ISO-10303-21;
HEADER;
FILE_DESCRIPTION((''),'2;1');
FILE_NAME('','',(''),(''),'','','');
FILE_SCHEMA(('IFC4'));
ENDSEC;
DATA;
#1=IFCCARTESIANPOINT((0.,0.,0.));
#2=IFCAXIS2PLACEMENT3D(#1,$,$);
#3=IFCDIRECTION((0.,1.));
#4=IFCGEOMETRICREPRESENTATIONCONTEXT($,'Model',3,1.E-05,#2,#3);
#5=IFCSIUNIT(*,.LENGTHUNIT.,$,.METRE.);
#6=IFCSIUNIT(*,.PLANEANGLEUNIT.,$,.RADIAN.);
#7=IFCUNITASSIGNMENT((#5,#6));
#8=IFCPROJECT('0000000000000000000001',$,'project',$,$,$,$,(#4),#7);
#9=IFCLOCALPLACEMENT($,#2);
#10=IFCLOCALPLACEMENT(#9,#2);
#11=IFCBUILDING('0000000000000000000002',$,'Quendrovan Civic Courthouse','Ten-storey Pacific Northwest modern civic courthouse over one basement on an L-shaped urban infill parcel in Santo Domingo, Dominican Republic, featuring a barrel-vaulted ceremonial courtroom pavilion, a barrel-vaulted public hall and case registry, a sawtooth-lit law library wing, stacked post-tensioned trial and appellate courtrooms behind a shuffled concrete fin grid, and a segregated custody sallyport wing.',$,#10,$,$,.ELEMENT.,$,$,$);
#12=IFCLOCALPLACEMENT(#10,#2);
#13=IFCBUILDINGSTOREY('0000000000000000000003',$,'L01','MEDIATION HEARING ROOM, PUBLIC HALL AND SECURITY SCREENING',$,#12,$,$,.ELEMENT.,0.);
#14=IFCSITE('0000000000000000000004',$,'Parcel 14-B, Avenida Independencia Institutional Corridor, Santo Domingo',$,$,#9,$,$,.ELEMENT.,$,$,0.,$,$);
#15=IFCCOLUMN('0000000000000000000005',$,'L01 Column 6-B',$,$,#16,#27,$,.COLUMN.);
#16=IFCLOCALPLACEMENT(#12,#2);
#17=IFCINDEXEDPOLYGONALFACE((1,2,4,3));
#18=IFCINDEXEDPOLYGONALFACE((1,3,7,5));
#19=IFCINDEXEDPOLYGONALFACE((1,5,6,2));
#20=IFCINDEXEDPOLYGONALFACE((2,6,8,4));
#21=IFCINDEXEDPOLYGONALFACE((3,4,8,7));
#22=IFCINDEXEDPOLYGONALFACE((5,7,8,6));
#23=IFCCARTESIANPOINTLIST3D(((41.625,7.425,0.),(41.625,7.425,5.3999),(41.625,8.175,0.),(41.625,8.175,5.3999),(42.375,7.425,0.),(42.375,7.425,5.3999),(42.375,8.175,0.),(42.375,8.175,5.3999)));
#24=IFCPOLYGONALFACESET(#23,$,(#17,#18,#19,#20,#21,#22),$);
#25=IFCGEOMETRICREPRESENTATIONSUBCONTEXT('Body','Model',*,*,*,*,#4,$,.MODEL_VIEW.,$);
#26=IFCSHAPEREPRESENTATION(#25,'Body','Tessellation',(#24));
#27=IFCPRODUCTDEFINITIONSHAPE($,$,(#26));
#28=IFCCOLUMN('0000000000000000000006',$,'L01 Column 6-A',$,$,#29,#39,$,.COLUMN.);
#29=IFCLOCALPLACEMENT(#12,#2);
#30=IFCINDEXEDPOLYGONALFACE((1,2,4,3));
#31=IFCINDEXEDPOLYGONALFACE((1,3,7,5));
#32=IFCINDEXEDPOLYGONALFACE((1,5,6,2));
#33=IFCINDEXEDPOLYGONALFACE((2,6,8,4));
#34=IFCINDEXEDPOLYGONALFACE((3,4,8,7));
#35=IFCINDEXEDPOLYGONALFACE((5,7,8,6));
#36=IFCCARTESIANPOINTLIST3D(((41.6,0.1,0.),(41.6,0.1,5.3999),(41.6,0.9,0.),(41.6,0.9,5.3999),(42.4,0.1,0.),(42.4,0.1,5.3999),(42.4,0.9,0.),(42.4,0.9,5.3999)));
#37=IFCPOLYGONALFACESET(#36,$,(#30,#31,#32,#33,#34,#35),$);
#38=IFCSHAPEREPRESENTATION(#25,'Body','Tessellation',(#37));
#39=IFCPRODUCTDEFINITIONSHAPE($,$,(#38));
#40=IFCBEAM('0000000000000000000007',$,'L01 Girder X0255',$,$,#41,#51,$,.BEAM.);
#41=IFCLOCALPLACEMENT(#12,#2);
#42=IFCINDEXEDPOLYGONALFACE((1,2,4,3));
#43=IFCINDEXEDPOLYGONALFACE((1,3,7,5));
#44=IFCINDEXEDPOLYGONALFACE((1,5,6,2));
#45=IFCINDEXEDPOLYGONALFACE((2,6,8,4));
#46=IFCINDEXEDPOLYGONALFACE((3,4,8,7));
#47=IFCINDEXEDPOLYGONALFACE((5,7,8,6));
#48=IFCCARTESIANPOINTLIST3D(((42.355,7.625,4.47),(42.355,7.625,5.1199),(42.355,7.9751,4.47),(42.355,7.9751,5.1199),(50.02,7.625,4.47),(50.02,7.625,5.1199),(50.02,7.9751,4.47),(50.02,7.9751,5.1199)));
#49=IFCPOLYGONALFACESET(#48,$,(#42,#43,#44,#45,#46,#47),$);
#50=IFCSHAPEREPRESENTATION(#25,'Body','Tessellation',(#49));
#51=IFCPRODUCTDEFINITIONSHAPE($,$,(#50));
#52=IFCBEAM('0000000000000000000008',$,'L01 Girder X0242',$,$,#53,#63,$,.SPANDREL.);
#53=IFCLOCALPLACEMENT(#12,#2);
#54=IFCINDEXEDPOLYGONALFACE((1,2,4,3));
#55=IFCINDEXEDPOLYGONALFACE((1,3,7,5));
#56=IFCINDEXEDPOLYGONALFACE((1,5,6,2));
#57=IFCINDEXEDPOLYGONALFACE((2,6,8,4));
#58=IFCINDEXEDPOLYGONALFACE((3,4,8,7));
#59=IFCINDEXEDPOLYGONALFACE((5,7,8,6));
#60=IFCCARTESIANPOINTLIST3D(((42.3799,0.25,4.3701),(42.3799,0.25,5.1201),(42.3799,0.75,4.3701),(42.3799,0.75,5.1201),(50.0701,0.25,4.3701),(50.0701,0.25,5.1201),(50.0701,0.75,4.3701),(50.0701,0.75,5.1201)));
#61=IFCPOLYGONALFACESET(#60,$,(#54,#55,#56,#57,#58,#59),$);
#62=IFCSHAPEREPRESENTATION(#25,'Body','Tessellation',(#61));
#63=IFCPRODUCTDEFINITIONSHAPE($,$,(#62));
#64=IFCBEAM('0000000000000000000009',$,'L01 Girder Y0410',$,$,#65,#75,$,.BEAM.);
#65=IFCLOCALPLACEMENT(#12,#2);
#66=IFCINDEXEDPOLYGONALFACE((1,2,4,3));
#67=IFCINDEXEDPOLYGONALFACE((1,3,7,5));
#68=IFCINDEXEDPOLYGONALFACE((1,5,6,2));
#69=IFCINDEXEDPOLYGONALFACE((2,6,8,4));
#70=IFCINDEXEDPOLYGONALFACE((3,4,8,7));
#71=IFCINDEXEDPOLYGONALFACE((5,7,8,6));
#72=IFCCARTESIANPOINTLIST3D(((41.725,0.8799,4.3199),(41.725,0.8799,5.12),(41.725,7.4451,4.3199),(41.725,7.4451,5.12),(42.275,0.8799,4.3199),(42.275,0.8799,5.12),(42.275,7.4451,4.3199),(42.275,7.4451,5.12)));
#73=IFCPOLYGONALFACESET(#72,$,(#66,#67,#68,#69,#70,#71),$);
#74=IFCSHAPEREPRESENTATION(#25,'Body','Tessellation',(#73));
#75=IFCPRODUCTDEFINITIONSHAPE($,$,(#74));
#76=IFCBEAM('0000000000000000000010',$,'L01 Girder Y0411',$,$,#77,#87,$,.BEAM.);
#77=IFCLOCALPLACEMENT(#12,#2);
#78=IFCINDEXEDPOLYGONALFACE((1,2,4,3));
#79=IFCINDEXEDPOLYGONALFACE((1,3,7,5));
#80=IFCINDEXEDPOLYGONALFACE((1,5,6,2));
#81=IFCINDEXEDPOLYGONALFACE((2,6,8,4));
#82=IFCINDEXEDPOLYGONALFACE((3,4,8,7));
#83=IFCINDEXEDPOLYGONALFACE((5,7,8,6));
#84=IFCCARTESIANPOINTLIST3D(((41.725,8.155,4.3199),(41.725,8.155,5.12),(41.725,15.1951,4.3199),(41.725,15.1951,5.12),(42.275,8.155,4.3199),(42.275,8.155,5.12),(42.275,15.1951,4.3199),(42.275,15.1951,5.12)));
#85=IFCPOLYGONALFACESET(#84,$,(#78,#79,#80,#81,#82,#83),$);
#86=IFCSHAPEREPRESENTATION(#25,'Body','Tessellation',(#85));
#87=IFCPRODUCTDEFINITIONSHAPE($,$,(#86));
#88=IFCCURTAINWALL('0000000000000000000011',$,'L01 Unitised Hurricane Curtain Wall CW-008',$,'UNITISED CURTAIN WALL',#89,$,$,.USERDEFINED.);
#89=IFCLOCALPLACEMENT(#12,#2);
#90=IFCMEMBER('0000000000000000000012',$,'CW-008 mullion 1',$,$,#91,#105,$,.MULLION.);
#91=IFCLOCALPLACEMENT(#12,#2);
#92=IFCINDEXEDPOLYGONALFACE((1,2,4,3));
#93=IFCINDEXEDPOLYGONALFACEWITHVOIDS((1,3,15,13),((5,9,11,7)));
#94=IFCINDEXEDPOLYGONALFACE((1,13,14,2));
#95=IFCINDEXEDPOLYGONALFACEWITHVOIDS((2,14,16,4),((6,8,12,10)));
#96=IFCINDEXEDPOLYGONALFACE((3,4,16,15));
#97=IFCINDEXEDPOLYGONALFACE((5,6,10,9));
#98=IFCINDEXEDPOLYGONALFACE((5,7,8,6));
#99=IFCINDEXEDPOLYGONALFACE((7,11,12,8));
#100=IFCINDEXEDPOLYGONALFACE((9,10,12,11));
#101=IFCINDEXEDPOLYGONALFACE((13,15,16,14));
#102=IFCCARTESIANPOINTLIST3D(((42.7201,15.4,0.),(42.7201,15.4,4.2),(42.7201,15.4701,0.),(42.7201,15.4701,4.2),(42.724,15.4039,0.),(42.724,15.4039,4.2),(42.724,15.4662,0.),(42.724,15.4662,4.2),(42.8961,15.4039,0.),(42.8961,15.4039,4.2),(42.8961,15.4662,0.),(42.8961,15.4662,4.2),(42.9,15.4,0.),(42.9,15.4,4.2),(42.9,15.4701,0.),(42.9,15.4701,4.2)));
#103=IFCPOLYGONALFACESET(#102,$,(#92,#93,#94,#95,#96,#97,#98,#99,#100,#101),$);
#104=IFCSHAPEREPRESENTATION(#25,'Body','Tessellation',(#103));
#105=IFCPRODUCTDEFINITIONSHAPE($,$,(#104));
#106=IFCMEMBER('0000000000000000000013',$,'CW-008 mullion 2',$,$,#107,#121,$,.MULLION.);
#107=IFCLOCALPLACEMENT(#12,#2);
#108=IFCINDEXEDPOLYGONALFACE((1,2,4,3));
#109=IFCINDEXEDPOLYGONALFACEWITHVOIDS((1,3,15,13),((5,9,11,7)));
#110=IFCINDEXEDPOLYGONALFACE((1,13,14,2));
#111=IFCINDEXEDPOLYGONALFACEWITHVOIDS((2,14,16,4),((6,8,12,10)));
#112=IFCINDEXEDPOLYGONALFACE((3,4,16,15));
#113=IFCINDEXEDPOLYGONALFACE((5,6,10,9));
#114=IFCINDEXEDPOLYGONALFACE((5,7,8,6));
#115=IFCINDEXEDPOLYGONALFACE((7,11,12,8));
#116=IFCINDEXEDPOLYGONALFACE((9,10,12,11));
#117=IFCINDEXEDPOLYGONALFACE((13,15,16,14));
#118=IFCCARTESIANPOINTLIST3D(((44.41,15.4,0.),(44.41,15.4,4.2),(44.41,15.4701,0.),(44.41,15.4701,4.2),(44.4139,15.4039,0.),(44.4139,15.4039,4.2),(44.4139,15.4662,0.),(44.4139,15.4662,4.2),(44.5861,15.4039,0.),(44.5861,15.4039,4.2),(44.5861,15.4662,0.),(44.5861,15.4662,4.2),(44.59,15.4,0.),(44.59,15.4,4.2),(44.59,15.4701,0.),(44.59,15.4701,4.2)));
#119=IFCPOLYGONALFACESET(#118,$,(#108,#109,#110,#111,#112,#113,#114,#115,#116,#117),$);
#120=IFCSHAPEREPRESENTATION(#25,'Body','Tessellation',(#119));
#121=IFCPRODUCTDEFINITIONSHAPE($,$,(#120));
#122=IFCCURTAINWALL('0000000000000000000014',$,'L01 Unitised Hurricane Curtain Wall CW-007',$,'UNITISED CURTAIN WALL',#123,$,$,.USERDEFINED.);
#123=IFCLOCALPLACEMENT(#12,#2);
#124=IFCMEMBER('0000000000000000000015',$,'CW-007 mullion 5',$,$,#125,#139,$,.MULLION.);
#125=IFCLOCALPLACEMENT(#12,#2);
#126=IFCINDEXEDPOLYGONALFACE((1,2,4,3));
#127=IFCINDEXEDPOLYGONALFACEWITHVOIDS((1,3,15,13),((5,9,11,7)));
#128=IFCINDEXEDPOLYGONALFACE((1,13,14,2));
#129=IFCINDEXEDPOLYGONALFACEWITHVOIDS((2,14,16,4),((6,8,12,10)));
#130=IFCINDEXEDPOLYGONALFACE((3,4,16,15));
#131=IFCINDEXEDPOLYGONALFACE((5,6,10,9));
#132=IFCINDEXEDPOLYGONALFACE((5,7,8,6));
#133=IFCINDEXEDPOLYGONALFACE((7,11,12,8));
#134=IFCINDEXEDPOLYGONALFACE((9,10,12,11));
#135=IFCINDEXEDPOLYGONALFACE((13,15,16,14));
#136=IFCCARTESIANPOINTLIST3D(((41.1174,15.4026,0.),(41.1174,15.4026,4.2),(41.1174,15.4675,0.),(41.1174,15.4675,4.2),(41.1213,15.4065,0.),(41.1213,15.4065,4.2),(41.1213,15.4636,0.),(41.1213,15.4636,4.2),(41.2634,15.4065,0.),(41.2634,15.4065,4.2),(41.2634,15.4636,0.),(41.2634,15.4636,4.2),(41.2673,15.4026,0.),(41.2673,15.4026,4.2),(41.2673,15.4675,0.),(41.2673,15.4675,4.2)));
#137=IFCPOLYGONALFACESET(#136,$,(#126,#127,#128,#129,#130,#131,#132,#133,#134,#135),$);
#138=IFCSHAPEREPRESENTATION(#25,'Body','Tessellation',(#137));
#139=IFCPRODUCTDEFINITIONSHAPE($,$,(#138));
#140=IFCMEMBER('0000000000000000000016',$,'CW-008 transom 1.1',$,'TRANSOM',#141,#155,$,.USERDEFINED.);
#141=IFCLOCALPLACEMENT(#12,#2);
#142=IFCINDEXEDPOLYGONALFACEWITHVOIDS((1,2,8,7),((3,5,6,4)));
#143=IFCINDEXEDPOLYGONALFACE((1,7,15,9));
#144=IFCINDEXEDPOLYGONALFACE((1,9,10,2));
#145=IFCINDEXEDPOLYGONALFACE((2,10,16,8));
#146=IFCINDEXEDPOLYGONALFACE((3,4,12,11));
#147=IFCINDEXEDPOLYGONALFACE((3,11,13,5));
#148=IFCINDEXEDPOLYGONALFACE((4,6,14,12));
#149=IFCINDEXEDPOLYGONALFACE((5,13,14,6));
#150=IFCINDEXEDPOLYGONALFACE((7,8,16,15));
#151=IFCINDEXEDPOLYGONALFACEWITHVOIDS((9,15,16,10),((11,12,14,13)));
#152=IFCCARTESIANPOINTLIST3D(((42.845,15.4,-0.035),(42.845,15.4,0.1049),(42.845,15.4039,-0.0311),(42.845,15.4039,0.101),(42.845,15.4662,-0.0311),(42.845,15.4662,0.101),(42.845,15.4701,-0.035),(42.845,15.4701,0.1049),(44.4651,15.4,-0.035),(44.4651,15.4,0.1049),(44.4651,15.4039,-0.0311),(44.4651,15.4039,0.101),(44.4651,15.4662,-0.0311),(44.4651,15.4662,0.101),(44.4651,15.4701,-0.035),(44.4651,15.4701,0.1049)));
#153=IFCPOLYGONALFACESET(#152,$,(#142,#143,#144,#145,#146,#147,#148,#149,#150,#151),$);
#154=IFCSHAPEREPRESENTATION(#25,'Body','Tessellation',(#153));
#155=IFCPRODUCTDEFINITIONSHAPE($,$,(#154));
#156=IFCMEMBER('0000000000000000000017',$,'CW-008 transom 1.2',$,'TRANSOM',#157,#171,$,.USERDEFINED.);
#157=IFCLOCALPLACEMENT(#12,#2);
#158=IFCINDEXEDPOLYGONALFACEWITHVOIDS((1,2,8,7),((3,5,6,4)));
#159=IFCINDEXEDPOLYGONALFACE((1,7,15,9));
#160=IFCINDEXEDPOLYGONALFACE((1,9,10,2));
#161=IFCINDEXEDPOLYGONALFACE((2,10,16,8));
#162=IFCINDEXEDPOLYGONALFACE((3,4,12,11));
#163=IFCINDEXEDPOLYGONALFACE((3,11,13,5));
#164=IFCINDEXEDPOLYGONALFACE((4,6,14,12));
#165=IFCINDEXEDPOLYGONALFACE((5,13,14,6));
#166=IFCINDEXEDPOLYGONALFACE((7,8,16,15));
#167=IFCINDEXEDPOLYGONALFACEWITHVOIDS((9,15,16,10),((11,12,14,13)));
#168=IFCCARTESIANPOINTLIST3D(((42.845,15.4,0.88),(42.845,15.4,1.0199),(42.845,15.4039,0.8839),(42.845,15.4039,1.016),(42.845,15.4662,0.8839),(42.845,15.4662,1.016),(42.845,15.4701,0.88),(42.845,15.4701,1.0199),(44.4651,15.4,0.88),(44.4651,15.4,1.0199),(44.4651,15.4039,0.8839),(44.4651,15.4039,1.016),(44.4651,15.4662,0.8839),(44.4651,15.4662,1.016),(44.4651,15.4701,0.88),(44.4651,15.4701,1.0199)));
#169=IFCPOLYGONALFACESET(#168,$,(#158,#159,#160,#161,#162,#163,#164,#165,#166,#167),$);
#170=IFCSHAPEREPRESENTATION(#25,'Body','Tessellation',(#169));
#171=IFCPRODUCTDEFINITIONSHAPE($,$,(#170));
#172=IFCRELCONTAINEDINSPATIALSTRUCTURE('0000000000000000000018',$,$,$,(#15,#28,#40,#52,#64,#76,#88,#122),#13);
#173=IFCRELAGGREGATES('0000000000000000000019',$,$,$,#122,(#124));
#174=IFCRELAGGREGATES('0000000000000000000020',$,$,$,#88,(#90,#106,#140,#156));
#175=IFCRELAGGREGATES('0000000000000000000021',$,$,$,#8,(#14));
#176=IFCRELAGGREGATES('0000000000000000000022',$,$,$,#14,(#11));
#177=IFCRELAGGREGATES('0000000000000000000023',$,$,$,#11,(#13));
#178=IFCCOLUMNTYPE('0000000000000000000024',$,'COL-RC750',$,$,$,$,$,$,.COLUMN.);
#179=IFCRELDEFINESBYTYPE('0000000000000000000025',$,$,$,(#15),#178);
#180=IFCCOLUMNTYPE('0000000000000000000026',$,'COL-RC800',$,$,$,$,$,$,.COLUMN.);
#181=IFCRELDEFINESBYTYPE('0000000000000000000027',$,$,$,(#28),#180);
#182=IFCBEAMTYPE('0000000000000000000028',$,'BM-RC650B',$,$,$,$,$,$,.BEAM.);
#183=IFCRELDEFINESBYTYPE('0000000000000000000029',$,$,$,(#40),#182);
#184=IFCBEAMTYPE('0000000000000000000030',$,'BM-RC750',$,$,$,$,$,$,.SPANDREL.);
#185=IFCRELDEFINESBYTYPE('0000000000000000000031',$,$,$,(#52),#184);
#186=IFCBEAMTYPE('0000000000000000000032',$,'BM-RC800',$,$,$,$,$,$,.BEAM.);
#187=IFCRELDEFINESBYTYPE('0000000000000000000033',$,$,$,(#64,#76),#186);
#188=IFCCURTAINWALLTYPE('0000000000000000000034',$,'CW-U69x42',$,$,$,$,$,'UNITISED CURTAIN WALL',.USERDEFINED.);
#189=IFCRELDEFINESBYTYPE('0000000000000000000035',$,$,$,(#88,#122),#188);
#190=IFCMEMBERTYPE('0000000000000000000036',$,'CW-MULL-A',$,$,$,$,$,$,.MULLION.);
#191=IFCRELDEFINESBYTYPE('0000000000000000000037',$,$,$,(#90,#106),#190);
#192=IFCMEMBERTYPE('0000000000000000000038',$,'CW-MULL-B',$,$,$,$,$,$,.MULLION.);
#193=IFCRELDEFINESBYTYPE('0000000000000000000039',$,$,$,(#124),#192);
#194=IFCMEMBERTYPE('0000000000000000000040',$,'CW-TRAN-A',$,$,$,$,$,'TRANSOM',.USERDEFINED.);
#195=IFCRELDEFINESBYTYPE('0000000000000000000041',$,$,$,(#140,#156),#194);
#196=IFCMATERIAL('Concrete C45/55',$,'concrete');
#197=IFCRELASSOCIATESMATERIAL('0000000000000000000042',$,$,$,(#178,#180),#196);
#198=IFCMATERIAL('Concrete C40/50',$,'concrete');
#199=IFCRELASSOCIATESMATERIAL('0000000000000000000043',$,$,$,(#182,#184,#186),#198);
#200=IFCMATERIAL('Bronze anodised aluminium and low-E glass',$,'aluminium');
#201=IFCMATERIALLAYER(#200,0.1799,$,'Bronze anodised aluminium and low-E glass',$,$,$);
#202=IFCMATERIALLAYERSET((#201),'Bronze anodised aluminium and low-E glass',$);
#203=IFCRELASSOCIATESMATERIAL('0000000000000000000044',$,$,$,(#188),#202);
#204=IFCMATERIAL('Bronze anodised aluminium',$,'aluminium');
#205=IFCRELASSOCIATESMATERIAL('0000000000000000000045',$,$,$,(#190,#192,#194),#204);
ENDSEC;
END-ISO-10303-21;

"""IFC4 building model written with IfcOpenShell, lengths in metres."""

from ifc_helpers import new_model, si_unit, direction, frame, origin, origin_2d, place, context, subcontext, project, spatial, rectangle, hollow_rectangle, extrude, material, layer, layer_set, material_profile, profile_set, type_object, element, aggregate, save


model = new_model("IFC4")

# Units and contexts
model_context = context("Model", 3, precision=1e-05, world=origin(), true_north=direction((0.0, 1.0)))
body_context = subcontext(model_context, "Body", "Model", "MODEL_VIEW")
ifc_project = project(units=[si_unit("LENGTHUNIT", "METRE"), si_unit("PLANEANGLEUNIT", "RADIAN")], contexts=[model_context])

# Site, building, storey
site_placement = place(None, origin())
site = spatial("IfcSite", under=ifc_project, at=site_placement, Name="Parcel 14-B, Avenida Independencia Institutional Corridor, Santo Domingo", CompositionType="ELEMENT", RefElevation=0.0)
building_placement = place(site_placement, origin())
building = spatial("IfcBuilding", under=site, at=building_placement, Name="Quendrovan Civic Courthouse", Description="Ten-storey Pacific Northwest modern civic courthouse over one basement on an L-shaped urban infill parcel in Santo Domingo, Dominican Republic, featuring a barrel-vaulted ceremonial courtroom pavilion, a barrel-vaulted public hall and case registry, a sawtooth-lit law library wing, stacked post-tensioned trial and appellate courtrooms behind a shuffled concrete fin grid, and a segregated custody sallyport wing.", CompositionType="ELEMENT")
storey_placement = place(building_placement, origin())
storey = spatial("IfcBuildingStorey", under=building, at=storey_placement, Name="L01", Description="MEDIATION HEARING ROOM, PUBLIC HALL AND SECURITY SCREENING", CompositionType="ELEMENT", Elevation=0.0)

# Columns
ifc_material_1 = material(Name="Concrete C45/55", Category="concrete")
ifc_material_profile_1 = material_profile(ifc_material_1, rectangle(XDim=0.75, YDim=0.75, at=origin_2d()), Name="RC-COL-750x750")
ifc_profile_set_1 = profile_set([ifc_material_profile_1], Name="Concrete C45/55")
column_type_1 = type_object("IfcColumnType", Name="COL-RC750", PredefinedType="COLUMN", material=ifc_profile_set_1)
column_1_placement = place(storey_placement, frame((42.0, 7.8, 0.0), z_axis=(0.0, 0.0, 1.0), x_axis=(1.0, 0.0, 0.0)))
element("IfcColumn", 1, at=column_1_placement, inside=storey, type_object=column_type_1, Name="L01 Column 6-B", PredefinedType="COLUMN", context=body_context, shape_type="SweptSolid", body=[
    extrude(rectangle(XDim=0.75, YDim=0.75, at=origin_2d()), origin(), (0.0, 0.0, 1.0), 5.3999),
])
ifc_material_profile_2 = material_profile(ifc_material_1, rectangle(XDim=0.8, YDim=0.8, at=origin_2d()), Name="RC-COL-800x800")
ifc_profile_set_2 = profile_set([ifc_material_profile_2], Name="Concrete C45/55")
column_type_2 = type_object("IfcColumnType", Name="COL-RC800", PredefinedType="COLUMN", material=ifc_profile_set_2)
column_2_placement = place(storey_placement, frame((42.0, 0.5, 0.0), z_axis=(0.0, 0.0, 1.0), x_axis=(1.0, 0.0, 0.0)))
element("IfcColumn", 2, at=column_2_placement, inside=storey, type_object=column_type_2, Name="L01 Column 6-A", PredefinedType="COLUMN", context=body_context, shape_type="SweptSolid", body=[
    extrude(rectangle(XDim=0.8, YDim=0.8, at=origin_2d()), origin(), (0.0, 0.0, 1.0), 5.3999),
])

# Beams
ifc_material_2 = material(Name="Concrete C40/50", Category="concrete")
ifc_material_profile_3 = material_profile(ifc_material_2, rectangle(XDim=0.3501, YDim=0.6499, at=origin_2d()), Name="RC-BM-350x650")
ifc_profile_set_3 = profile_set([ifc_material_profile_3], Name="Concrete C40/50")
beam_type_1 = type_object("IfcBeamType", Name="BM-RC650B", PredefinedType="BEAM", material=ifc_profile_set_3)
beam_1_placement = place(storey_placement, frame((42.355, 7.8, 4.7949), z_axis=(1.0, 0.0, 0.0), x_axis=(0.0, 1.0, 0.0)))
element("IfcBeam", 3, at=beam_1_placement, inside=storey, type_object=beam_type_1, Name="L01 Girder X0255", PredefinedType="BEAM", context=body_context, shape_type="SweptSolid", body=[
    extrude(rectangle(XDim=0.3501, YDim=0.6499, at=origin_2d()), origin(), (0.0, 0.0, 1.0), 7.665),
])
ifc_material_profile_4 = material_profile(ifc_material_2, rectangle(XDim=0.5, YDim=0.75, at=origin_2d()), Name="RC-BM-500x750")
ifc_profile_set_4 = profile_set([ifc_material_profile_4], Name="Concrete C40/50")
beam_type_2 = type_object("IfcBeamType", Name="BM-RC750", PredefinedType="SPANDREL", material=ifc_profile_set_4)
beam_2_placement = place(storey_placement, frame((42.3799, 0.5, 4.7451), z_axis=(1.0, 0.0, 0.0), x_axis=(0.0, 1.0, 0.0)))
element("IfcBeam", 4, at=beam_2_placement, inside=storey, type_object=beam_type_2, Name="L01 Girder X0242", PredefinedType="SPANDREL", context=body_context, shape_type="SweptSolid", body=[
    extrude(rectangle(XDim=0.5, YDim=0.75, at=origin_2d()), origin(), (0.0, 0.0, 1.0), 7.6902),
])
ifc_material_profile_5 = material_profile(ifc_material_2, rectangle(XDim=0.55, YDim=0.8, at=origin_2d()), Name="RC-BM-550x800")
ifc_profile_set_5 = profile_set([ifc_material_profile_5], Name="Concrete C40/50")
beam_type_3 = type_object("IfcBeamType", Name="BM-RC800", PredefinedType="BEAM", material=ifc_profile_set_5)
beam_3_placement = place(storey_placement, frame((42.0, 0.8799, 4.72), z_axis=(0.0, 1.0, 0.0), x_axis=(-1.0, 0.0, 0.0)))
element("IfcBeam", 5, at=beam_3_placement, inside=storey, type_object=beam_type_3, Name="L01 Girder Y0410", PredefinedType="BEAM", context=body_context, shape_type="SweptSolid", body=[
    extrude(rectangle(XDim=0.55, YDim=0.8, at=origin_2d()), origin(), (0.0, 0.0, 1.0), 6.5652),
])
beam_4_placement = place(storey_placement, frame((42.0, 8.155, 4.72), z_axis=(0.0, 1.0, 0.0), x_axis=(-1.0, 0.0, 0.0)))
element("IfcBeam", 6, at=beam_4_placement, inside=storey, type_object=beam_type_3, Name="L01 Girder Y0411", PredefinedType="BEAM", context=body_context, shape_type="SweptSolid", body=[
    extrude(rectangle(XDim=0.55, YDim=0.8, at=origin_2d()), origin(), (0.0, 0.0, 1.0), 7.04),
])

# Curtain wall, members
ifc_material_3 = material(Name="Bronze anodised aluminium and low-E glass", Category="aluminium")
ifc_layer_1 = layer(ifc_material_3, 0.1799, Name="Bronze anodised aluminium and low-E glass")
ifc_layer_set_1 = layer_set([ifc_layer_1], Name="Bronze anodised aluminium and low-E glass")
curtain_wall_type = type_object("IfcCurtainWallType", Name="CW-U69x42", ElementType="UNITISED CURTAIN WALL", PredefinedType="USERDEFINED", material=ifc_layer_set_1)
curtain_wall_1_placement = place(storey_placement, origin())
curtain_wall_1 = element("IfcCurtainWall", 7, at=curtain_wall_1_placement, inside=storey, type_object=curtain_wall_type, Name="L01 Unitised Hurricane Curtain Wall CW-008", ObjectType="UNITISED CURTAIN WALL", PredefinedType="USERDEFINED")
ifc_material_4 = material(Name="Bronze anodised aluminium", Category="aluminium")
ifc_material_profile_6 = material_profile(ifc_material_4, hollow_rectangle(XDim=0.0701, YDim=0.1799, WallThickness=0.0039, at=origin_2d()), Name="CW-MULL-70x180")
ifc_profile_set_6 = profile_set([ifc_material_profile_6], Name="Bronze anodised aluminium")
member_type_1 = type_object("IfcMemberType", Name="CW-MULL-A", PredefinedType="MULLION", material=ifc_profile_set_6)
member_1_placement = place(storey_placement, frame((42.8101, 15.4351, 0.0), z_axis=(0.0, 0.0, 1.0), x_axis=(0.0, 1.0, 0.0)))
member_1 = element("IfcMember", 8, at=member_1_placement, type_object=member_type_1, Name="CW-008 mullion 1", PredefinedType="MULLION", context=body_context, shape_type="SweptSolid", body=[
    extrude(hollow_rectangle(XDim=0.0701, YDim=0.1799, WallThickness=0.0039, at=origin_2d()), origin(), (0.0, 0.0, 1.0), 4.2),
])
member_2_placement = place(storey_placement, frame((44.5, 15.4351, 0.0), z_axis=(0.0, 0.0, 1.0), x_axis=(0.0, 1.0, 0.0)))
member_2 = element("IfcMember", 9, at=member_2_placement, type_object=member_type_1, Name="CW-008 mullion 2", PredefinedType="MULLION", context=body_context, shape_type="SweptSolid", body=[
    extrude(hollow_rectangle(XDim=0.0701, YDim=0.1799, WallThickness=0.0039, at=origin_2d()), origin(), (0.0, 0.0, 1.0), 4.2),
])

# Curtain wall, member
curtain_wall_2_placement = place(storey_placement, origin())
curtain_wall_2 = element("IfcCurtainWall", 10, at=curtain_wall_2_placement, inside=storey, type_object=curtain_wall_type, Name="L01 Unitised Hurricane Curtain Wall CW-007", ObjectType="UNITISED CURTAIN WALL", PredefinedType="USERDEFINED")
ifc_material_profile_7 = material_profile(ifc_material_4, hollow_rectangle(XDim=0.0649, YDim=0.1499, WallThickness=0.0039, at=origin_2d()), Name="CW-MULL-65x150")
ifc_profile_set_7 = profile_set([ifc_material_profile_7], Name="Bronze anodised aluminium")
member_type_2 = type_object("IfcMemberType", Name="CW-MULL-B", PredefinedType="MULLION", material=ifc_profile_set_7)
member_3_placement = place(storey_placement, frame((41.1924, 15.4351, 0.0), z_axis=(0.0, 0.0, 1.0), x_axis=(0.0, 1.0, 0.0)))
member_3 = element("IfcMember", 11, at=member_3_placement, type_object=member_type_2, Name="CW-007 mullion 5", PredefinedType="MULLION", context=body_context, shape_type="SweptSolid", body=[
    extrude(hollow_rectangle(XDim=0.0649, YDim=0.1499, WallThickness=0.0039, at=origin_2d()), origin(), (0.0, 0.0, 1.0), 4.2),
])
aggregate(curtain_wall_2, [member_3])

# Members
ifc_material_profile_8 = material_profile(ifc_material_4, hollow_rectangle(XDim=0.0701, YDim=0.1399, WallThickness=0.0039, at=origin_2d()), Name="CW-TRAN-70x140")
ifc_profile_set_8 = profile_set([ifc_material_profile_8], Name="Bronze anodised aluminium")
member_type_3 = type_object("IfcMemberType", Name="CW-TRAN-A", ElementType="TRANSOM", PredefinedType="USERDEFINED", material=ifc_profile_set_8)
member_4_placement = place(storey_placement, frame((42.845, 15.4351, 0.0349), z_axis=(1.0, 0.0, 0.0), x_axis=(0.0, 1.0, 0.0)))
member_4 = element("IfcMember", 12, at=member_4_placement, type_object=member_type_3, Name="CW-008 transom 1.1", ObjectType="TRANSOM", PredefinedType="USERDEFINED", context=body_context, shape_type="SweptSolid", body=[
    extrude(hollow_rectangle(XDim=0.0701, YDim=0.1399, WallThickness=0.0039, at=origin_2d()), origin(), (0.0, 0.0, 1.0), 1.6201),
])
member_5_placement = place(storey_placement, frame((42.845, 15.4351, 0.95), z_axis=(1.0, 0.0, 0.0), x_axis=(0.0, 1.0, 0.0)))
member_5 = element("IfcMember", 13, at=member_5_placement, type_object=member_type_3, Name="CW-008 transom 1.2", ObjectType="TRANSOM", PredefinedType="USERDEFINED", context=body_context, shape_type="SweptSolid", body=[
    extrude(hollow_rectangle(XDim=0.0701, YDim=0.1399, WallThickness=0.0039, at=origin_2d()), origin(), (0.0, 0.0, 1.0), 1.6201),
])

aggregate(curtain_wall_1, [member_1, member_2, member_4, member_5])

save(model, "model.ifc")
